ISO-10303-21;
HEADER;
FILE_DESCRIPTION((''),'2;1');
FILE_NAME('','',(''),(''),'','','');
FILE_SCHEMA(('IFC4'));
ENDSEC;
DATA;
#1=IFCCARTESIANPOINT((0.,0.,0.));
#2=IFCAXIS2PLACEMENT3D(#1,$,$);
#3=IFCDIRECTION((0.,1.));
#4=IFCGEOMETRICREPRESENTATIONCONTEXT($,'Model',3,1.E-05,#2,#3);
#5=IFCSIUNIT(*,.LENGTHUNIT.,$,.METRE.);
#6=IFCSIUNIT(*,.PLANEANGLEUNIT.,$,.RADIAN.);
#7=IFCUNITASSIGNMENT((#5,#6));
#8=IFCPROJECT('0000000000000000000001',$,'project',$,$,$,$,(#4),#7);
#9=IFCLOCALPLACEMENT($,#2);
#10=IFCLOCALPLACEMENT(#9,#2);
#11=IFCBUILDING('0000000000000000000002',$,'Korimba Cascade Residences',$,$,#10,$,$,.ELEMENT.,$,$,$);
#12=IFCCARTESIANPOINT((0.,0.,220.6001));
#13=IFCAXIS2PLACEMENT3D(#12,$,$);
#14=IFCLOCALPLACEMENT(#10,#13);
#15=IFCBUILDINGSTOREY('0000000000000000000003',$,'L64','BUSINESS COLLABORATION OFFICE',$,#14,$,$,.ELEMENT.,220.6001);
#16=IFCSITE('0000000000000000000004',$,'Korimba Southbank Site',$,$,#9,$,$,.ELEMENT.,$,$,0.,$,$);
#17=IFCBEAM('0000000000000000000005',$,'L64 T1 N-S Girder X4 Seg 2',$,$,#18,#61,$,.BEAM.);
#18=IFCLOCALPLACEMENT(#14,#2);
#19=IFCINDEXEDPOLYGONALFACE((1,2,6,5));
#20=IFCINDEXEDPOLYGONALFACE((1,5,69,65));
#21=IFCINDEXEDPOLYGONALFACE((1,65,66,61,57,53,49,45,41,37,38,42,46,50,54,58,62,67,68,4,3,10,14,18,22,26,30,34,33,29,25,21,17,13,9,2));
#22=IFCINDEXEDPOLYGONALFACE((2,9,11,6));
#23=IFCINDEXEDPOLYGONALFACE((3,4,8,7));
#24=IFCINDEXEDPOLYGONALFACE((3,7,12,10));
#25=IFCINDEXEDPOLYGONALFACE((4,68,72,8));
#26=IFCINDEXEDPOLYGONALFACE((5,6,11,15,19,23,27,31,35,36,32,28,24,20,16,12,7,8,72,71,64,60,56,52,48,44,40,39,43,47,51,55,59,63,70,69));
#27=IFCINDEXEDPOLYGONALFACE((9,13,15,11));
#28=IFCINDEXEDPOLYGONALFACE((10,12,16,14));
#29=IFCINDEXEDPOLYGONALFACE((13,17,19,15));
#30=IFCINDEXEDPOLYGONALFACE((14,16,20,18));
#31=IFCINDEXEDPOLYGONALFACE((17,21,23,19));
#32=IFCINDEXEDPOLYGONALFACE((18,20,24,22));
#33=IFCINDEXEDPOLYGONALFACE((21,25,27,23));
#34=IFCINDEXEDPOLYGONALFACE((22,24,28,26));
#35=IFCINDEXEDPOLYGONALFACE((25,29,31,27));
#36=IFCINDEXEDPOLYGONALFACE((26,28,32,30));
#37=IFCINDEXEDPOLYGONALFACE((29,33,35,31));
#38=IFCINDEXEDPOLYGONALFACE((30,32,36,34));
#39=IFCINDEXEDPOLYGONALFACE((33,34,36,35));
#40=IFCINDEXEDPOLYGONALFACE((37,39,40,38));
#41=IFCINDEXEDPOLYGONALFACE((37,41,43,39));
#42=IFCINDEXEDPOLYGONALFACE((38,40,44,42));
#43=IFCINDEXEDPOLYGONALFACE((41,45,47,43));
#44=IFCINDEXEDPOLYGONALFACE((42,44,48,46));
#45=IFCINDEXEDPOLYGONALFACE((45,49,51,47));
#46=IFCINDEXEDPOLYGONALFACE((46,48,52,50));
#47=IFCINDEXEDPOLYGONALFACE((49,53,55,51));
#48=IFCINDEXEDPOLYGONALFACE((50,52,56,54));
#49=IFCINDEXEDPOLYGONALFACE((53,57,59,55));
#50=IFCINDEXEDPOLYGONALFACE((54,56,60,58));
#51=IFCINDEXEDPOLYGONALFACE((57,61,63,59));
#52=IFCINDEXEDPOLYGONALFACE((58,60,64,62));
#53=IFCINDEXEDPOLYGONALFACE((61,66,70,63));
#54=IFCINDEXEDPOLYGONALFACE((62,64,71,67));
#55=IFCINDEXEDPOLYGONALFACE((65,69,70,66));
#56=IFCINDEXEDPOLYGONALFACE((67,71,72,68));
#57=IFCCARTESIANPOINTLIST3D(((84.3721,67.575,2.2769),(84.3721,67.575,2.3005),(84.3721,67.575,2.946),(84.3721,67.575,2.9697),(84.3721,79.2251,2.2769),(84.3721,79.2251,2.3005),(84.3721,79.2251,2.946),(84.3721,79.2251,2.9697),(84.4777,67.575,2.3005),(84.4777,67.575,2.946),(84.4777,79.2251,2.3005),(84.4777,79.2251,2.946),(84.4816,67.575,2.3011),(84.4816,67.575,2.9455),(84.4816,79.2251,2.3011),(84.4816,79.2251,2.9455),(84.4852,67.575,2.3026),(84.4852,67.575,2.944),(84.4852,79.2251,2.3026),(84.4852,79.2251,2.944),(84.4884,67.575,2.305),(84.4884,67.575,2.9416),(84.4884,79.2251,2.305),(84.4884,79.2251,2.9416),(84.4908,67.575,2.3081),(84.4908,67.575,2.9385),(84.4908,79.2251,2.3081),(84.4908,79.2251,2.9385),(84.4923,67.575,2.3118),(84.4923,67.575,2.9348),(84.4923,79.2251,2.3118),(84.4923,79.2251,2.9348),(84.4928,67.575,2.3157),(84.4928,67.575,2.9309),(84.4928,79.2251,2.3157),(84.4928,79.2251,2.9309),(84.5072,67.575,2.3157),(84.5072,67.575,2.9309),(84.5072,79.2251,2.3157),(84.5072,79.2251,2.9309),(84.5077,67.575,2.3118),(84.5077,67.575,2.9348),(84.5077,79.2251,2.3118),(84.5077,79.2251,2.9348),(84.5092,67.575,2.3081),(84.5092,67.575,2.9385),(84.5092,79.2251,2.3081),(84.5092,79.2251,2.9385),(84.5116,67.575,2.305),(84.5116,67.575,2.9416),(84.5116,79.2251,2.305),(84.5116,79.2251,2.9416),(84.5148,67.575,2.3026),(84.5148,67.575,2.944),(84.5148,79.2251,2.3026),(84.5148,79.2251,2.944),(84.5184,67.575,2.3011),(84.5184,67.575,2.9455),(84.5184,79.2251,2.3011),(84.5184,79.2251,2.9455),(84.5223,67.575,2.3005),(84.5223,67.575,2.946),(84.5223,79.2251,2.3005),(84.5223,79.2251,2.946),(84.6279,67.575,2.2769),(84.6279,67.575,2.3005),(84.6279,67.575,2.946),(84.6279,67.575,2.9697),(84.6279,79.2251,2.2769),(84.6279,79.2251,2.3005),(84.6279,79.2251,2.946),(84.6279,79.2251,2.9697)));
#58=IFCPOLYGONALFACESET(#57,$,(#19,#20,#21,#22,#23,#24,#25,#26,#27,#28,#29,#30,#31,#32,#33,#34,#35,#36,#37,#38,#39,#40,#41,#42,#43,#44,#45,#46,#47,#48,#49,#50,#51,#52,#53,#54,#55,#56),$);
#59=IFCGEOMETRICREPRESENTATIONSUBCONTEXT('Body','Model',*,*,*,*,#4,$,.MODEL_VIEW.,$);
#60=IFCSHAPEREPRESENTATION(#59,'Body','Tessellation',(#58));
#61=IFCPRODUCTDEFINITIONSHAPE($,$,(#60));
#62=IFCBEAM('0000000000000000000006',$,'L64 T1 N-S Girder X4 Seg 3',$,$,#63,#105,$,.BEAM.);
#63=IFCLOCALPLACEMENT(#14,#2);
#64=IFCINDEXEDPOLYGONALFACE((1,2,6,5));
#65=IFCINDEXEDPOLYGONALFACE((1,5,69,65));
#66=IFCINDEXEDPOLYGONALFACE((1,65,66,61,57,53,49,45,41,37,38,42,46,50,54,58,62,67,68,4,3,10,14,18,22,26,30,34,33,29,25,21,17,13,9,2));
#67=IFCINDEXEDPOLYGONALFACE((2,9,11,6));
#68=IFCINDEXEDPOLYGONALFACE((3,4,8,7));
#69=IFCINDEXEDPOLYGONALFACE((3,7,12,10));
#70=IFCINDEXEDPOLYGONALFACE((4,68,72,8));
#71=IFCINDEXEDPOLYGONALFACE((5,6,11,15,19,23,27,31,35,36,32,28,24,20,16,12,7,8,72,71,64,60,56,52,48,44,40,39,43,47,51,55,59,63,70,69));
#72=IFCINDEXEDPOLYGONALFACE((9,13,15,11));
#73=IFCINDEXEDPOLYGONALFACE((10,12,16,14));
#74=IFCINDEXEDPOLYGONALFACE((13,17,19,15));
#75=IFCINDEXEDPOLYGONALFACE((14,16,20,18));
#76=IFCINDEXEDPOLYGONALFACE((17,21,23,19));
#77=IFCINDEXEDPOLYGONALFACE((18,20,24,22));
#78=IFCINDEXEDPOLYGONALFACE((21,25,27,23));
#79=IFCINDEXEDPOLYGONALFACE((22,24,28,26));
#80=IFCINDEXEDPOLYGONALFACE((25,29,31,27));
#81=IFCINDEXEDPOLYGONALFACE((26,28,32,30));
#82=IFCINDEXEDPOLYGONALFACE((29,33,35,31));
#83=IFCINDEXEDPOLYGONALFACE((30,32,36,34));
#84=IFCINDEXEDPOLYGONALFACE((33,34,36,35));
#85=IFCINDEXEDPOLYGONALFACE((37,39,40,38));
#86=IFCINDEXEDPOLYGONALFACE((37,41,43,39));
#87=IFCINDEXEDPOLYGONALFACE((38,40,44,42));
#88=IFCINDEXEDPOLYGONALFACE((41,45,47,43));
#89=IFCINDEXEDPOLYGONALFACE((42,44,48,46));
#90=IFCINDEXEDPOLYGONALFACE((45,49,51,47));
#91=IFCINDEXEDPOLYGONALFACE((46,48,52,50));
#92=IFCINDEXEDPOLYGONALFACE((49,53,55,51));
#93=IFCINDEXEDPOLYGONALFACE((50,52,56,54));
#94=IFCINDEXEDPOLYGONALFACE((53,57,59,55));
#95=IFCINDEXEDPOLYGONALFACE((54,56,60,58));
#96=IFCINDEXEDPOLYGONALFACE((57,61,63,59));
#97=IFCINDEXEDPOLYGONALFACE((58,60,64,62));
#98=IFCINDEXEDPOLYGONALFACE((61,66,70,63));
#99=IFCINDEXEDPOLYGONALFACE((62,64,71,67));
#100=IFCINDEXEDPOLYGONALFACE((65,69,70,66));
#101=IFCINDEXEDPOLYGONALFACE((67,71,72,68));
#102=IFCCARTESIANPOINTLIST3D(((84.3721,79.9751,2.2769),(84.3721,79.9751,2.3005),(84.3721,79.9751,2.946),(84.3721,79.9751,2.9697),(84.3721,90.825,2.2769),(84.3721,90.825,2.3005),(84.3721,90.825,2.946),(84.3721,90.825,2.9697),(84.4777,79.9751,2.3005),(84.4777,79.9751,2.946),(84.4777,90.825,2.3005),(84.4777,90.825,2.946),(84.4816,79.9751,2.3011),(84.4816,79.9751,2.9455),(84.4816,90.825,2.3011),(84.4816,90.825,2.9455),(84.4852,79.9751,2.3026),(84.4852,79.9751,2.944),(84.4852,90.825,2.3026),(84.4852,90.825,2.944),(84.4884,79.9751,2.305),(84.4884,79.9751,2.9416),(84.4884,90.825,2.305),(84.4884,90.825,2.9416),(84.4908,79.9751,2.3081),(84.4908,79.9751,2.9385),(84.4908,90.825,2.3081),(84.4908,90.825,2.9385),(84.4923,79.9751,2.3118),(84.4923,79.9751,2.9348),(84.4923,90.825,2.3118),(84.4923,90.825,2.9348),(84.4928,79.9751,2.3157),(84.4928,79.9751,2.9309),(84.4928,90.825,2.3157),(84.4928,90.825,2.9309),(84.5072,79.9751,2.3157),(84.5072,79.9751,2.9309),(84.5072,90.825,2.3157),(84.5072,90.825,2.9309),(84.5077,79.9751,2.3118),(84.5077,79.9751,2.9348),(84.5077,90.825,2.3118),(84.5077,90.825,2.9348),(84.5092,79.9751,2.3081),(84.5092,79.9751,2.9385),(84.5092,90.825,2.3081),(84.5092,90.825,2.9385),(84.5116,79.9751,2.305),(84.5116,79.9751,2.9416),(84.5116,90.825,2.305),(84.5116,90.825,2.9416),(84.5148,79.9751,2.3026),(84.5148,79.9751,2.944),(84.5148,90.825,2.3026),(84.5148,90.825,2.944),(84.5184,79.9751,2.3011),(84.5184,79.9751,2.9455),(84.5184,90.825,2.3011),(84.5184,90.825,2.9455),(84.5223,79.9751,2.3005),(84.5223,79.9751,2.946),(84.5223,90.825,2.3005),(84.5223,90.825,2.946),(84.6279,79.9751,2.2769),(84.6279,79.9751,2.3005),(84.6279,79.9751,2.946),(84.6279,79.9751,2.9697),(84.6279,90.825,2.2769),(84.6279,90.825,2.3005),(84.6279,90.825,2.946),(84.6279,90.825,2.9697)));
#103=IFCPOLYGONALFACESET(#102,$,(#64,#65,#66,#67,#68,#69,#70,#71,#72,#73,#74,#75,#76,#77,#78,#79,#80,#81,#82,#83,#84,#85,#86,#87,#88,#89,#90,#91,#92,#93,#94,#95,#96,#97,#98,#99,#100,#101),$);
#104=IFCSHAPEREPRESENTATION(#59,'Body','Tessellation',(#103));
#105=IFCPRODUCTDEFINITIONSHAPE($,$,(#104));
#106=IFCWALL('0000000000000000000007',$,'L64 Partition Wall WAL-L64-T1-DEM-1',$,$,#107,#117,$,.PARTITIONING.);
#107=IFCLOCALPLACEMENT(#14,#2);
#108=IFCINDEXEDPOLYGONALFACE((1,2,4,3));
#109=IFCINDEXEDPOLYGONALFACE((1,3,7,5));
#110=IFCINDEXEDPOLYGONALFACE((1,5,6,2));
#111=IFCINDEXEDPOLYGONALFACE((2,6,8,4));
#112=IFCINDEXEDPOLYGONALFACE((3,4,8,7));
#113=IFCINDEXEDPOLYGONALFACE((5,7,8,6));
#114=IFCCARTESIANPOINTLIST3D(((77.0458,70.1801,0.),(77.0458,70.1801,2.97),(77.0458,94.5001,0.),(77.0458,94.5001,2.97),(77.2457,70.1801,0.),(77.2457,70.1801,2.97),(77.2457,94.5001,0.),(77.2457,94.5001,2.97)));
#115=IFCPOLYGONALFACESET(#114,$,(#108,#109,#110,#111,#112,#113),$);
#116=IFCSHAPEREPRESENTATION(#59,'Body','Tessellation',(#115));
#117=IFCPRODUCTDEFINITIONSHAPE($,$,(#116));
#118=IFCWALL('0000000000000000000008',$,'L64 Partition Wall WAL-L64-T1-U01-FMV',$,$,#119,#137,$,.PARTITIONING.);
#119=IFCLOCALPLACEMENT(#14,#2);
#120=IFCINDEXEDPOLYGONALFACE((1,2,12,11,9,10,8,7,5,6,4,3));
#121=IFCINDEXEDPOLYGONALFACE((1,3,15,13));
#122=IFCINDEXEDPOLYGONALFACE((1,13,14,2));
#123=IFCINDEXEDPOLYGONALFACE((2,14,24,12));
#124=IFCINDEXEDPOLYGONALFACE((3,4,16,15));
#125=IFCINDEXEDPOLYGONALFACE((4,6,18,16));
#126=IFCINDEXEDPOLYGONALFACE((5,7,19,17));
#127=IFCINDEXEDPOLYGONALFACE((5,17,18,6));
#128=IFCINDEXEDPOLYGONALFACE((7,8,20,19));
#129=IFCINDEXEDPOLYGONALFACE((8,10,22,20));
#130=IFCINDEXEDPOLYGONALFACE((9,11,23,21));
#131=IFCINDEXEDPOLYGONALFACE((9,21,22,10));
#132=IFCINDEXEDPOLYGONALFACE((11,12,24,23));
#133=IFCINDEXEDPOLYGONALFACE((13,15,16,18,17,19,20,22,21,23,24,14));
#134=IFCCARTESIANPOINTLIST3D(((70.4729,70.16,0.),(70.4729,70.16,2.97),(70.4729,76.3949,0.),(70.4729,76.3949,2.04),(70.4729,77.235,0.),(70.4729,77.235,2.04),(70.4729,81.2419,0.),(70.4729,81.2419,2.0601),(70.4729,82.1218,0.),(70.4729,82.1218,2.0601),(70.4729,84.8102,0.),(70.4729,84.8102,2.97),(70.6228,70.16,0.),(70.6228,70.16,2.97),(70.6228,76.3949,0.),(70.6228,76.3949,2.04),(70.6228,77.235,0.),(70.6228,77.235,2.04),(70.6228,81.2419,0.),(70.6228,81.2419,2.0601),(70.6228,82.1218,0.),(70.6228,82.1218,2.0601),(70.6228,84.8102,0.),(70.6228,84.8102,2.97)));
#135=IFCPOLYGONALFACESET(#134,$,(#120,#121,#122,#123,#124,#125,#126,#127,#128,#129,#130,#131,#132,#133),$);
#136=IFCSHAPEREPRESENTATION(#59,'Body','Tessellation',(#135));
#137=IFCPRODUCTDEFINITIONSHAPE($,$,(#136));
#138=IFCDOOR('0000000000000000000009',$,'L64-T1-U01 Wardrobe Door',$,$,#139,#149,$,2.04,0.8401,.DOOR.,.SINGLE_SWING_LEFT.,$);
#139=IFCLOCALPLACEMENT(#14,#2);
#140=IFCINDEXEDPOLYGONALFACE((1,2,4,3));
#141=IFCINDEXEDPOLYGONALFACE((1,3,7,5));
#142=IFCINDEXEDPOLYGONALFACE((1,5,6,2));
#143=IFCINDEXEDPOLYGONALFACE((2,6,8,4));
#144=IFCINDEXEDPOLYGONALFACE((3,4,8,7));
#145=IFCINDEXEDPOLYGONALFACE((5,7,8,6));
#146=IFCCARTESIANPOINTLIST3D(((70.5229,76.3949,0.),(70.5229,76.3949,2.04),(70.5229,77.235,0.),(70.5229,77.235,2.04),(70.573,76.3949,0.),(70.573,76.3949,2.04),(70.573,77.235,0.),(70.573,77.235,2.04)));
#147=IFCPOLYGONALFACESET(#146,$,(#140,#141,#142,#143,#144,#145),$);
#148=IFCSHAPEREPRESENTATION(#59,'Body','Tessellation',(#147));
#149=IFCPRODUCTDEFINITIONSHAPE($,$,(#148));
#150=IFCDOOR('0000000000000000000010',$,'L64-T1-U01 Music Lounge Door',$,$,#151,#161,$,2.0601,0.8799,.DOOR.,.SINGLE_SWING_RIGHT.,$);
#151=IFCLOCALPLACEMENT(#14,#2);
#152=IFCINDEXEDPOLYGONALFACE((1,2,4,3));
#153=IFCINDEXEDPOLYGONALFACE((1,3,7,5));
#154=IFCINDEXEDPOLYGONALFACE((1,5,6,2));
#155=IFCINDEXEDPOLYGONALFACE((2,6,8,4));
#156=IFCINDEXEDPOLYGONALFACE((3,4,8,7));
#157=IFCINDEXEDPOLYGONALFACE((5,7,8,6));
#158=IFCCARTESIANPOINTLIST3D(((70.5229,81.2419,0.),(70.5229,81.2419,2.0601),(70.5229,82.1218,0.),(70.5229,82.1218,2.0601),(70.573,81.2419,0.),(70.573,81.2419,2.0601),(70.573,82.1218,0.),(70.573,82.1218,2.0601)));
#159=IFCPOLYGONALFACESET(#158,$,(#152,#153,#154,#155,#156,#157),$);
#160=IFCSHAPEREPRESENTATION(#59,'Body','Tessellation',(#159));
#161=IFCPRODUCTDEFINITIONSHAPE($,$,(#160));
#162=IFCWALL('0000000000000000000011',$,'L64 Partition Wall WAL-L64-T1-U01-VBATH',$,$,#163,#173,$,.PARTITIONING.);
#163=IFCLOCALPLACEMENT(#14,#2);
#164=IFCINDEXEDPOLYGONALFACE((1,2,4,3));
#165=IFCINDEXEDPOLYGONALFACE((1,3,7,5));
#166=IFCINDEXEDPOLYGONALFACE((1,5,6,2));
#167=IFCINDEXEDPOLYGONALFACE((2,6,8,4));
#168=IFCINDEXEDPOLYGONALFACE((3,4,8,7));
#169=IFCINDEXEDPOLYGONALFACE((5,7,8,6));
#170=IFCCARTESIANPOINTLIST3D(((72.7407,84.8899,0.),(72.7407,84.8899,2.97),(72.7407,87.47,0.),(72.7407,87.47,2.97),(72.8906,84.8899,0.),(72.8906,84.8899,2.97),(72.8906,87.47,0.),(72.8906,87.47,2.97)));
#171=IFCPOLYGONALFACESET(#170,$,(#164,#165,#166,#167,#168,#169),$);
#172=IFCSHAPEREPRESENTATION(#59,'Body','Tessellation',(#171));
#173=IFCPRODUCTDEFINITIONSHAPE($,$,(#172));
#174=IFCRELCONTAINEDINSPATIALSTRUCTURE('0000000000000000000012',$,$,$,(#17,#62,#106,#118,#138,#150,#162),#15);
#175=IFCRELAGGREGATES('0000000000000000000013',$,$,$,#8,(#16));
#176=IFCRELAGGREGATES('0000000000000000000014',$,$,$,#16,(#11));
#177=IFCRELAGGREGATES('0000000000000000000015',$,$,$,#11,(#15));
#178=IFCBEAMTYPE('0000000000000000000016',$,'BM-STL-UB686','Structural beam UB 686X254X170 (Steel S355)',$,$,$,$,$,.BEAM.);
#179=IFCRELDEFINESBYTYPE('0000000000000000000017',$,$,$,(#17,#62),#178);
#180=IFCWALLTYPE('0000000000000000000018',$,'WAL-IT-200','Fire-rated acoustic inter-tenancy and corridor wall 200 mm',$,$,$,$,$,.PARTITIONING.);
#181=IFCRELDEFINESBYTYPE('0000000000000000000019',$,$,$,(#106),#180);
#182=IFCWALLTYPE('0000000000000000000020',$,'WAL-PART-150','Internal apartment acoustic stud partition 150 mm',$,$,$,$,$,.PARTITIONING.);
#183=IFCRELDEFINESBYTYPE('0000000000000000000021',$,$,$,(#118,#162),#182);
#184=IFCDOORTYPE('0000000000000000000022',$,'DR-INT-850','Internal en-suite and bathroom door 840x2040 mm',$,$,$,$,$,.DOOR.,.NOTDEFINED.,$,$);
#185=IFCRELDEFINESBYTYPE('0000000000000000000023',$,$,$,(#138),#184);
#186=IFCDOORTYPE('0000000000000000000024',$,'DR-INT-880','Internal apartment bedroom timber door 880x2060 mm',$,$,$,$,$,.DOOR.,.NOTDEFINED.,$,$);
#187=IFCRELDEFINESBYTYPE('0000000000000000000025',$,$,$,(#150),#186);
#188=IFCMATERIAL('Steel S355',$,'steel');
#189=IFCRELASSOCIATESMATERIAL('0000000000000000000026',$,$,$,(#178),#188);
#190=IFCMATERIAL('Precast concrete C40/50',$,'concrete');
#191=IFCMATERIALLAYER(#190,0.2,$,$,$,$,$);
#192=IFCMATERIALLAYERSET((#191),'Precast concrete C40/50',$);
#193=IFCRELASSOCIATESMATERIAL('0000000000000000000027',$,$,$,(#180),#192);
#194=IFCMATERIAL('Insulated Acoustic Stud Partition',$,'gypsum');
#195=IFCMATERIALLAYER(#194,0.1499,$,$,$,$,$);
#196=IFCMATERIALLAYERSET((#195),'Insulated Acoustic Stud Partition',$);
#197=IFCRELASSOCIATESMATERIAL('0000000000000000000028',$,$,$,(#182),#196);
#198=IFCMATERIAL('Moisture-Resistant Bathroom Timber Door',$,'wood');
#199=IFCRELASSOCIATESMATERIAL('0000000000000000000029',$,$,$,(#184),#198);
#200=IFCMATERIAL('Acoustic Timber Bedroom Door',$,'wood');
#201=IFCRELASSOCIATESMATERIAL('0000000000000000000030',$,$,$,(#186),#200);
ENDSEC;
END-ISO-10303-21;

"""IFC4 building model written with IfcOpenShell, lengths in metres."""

from ifc_helpers import new_model, si_unit, direction, frame, frame_2d, origin, origin_2d, place, context, subcontext, project, spatial, rectangle, i_section, extrude, material, layer, layer_set, material_profile, profile_set, type_object, element, fill, save


model = new_model("IFC4")

# Units and contexts
model_context = context("Model", 3, precision=1e-05, world=origin(), true_north=direction((0.0, 1.0)))
body_context = subcontext(model_context, "Body", "Model", "MODEL_VIEW")
ifc_project = project(units=[si_unit("LENGTHUNIT", "METRE"), si_unit("PLANEANGLEUNIT", "RADIAN")], contexts=[model_context])

# Site, building, storey
site_placement = place(None, origin())
site = spatial("IfcSite", under=ifc_project, at=site_placement, Name="Korimba Southbank Site", CompositionType="ELEMENT", RefElevation=0.0)
building_placement = place(site_placement, origin())
building = spatial("IfcBuilding", under=site, at=building_placement, Name="Korimba Cascade Residences", CompositionType="ELEMENT")
storey_placement = place(building_placement, frame((0.0, 0.0, 220.6001)))
storey = spatial("IfcBuildingStorey", under=building, at=storey_placement, Name="L64", Description="BUSINESS COLLABORATION OFFICE", CompositionType="ELEMENT", Elevation=220.6001)

# Beams
ifc_material_1 = material(Name="Steel S355", Category="steel")
ifc_material_profile_1 = material_profile(ifc_material_1, i_section(OverallWidth=0.2559, OverallDepth=0.6929, WebThickness=0.0144, FlangeThickness=0.0237, FilletRadius=0.0151, at=origin_2d()), Name="Steel S355")
ifc_profile_set_1 = profile_set([ifc_material_profile_1], Name="Steel S355")
beam_type_1 = type_object("IfcBeamType", Name="BM-STL-UB686", Description="Structural beam UB 686X254X170 (Steel S355)", PredefinedType="BEAM", material=ifc_profile_set_1)
beam_1_placement = place(storey_placement, frame((84.5, 67.575, 2.6233), z_axis=(0.0, 1.0, 0.0), x_axis=(-1.0, 0.0, 0.0)))
element("IfcBeam", 1, at=beam_1_placement, inside=storey, type_object=beam_type_1, Name="L64 T1 N-S Girder X4 Seg 2", PredefinedType="BEAM", context=body_context, shape_type="SweptSolid", body=[
    extrude(i_section(OverallWidth=0.2559, OverallDepth=0.6929, WebThickness=0.0144, FlangeThickness=0.0237, FilletRadius=0.0151, at=origin_2d()), origin(), (0.0, 0.0, 1.0), 11.6501),
])
beam_2_placement = place(storey_placement, frame((84.5, 79.9751, 2.6233), z_axis=(0.0, 1.0, 0.0), x_axis=(-1.0, 0.0, 0.0)))
element("IfcBeam", 2, at=beam_2_placement, inside=storey, type_object=beam_type_1, Name="L64 T1 N-S Girder X4 Seg 3", PredefinedType="BEAM", context=body_context, shape_type="SweptSolid", body=[
    extrude(i_section(OverallWidth=0.2559, OverallDepth=0.6929, WebThickness=0.0144, FlangeThickness=0.0237, FilletRadius=0.0151, at=origin_2d()), origin(), (0.0, 0.0, 1.0), 10.8499),
])

# Wall
ifc_material_2 = material(Name="Precast concrete C40/50", Category="concrete")
ifc_layer_1 = layer(ifc_material_2, 0.2)
ifc_layer_set_1 = layer_set([ifc_layer_1], Name="Precast concrete C40/50")
wall_type_1 = type_object("IfcWallType", Name="WAL-IT-200", Description="Fire-rated acoustic inter-tenancy and corridor wall 200 mm", PredefinedType="PARTITIONING", material=ifc_layer_set_1)
wall_1_placement = place(storey_placement, frame((77.1458, 70.1799, 0.0), z_axis=(0.0, 0.0, 1.0), x_axis=(0.0, 1.0, 0.0)))
element("IfcWall", 3, at=wall_1_placement, inside=storey, type_object=wall_type_1, Name="L64 Partition Wall WAL-L64-T1-DEM-1", PredefinedType="PARTITIONING", context=body_context, shape_type="SweptSolid", body=[
    extrude(rectangle(XDim=24.3201, YDim=0.2, at=frame_2d((12.1602, 0.0))), origin(), (0.0, 0.0, 1.0), 2.97),
])

# Wall, openings, doors
ifc_material_3 = material(Name="Insulated Acoustic Stud Partition", Category="gypsum")
ifc_layer_2 = layer(ifc_material_3, 0.1499)
ifc_layer_set_2 = layer_set([ifc_layer_2], Name="Insulated Acoustic Stud Partition")
wall_type_2 = type_object("IfcWallType", Name="WAL-PART-150", Description="Internal apartment acoustic stud partition 150 mm", PredefinedType="PARTITIONING", material=ifc_layer_set_2)
wall_2_placement = place(storey_placement, frame((70.5479, 70.1599, 0.0), z_axis=(0.0, 0.0, 1.0), x_axis=(0.0, 1.0, 0.0)))
wall_2 = element("IfcWall", 4, at=wall_2_placement, inside=storey, type_object=wall_type_2, Name="L64 Partition Wall WAL-L64-T1-U01-FMV", PredefinedType="PARTITIONING", context=body_context, shape_type="SweptSolid", body=[
    extrude(rectangle(XDim=14.6501, YDim=0.1499, at=frame_2d((7.3252, 0.0))), origin(), (0.0, 0.0, 1.0), 2.97),
])
opening_1_placement = place(wall_2_placement, frame((6.2351, 0.0, 0.0)))
opening_1 = element("IfcOpeningElement", 5, at=opening_1_placement, cuts=wall_2, PredefinedType="OPENING", context=body_context, shape_type="SweptSolid", body=[
    extrude(rectangle(XDim=0.8401, YDim=2.04, at=frame_2d((0.4199, 1.02))), frame((0.0, 0.085, 0.0), z_axis=(0.0, -1.0, 0.0), x_axis=(1.0, 0.0, 0.0)), (0.0, 0.0, 1.0), 0.1699),
])
opening_2_placement = place(wall_2_placement, frame((11.082, 0.0, 0.0)))
opening_2 = element("IfcOpeningElement", 6, at=opening_2_placement, cuts=wall_2, PredefinedType="OPENING", context=body_context, shape_type="SweptSolid", body=[
    extrude(rectangle(XDim=0.8799, YDim=2.0601, at=frame_2d((0.4399, 1.03))), frame((0.0, 0.085, 0.0), z_axis=(0.0, -1.0, 0.0), x_axis=(1.0, 0.0, 0.0)), (0.0, 0.0, 1.0), 0.1699),
])
ifc_material_4 = material(Name="Moisture-Resistant Bathroom Timber Door", Category="wood")
door_type_1 = type_object("IfcDoorType", Name="DR-INT-850", Description="Internal en-suite and bathroom door 840x2040 mm", OperationType="NOTDEFINED", PredefinedType="DOOR", material=ifc_material_4)
door_1_placement = place(opening_1_placement, origin())
door_1 = element("IfcDoor", 7, at=door_1_placement, inside=storey, type_object=door_type_1, Name="L64-T1-U01 Wardrobe Door", OperationType="SINGLE_SWING_LEFT", OverallHeight=2.04, OverallWidth=0.8401, PredefinedType="DOOR", context=body_context, shape_type="SweptSolid", body=[
    extrude(rectangle(XDim=0.8401, YDim=2.04, at=frame_2d((0.4199, 1.02))), frame((0.0, 0.0249, 0.0), z_axis=(0.0, -1.0, 0.0), x_axis=(1.0, 0.0, 0.0)), (0.0, 0.0, 1.0), 0.05),
])
fill(opening_1, door_1)
ifc_material_5 = material(Name="Acoustic Timber Bedroom Door", Category="wood")
door_type_2 = type_object("IfcDoorType", Name="DR-INT-880", Description="Internal apartment bedroom timber door 880x2060 mm", OperationType="NOTDEFINED", PredefinedType="DOOR", material=ifc_material_5)
door_2_placement = place(opening_2_placement, origin())
door_2 = element("IfcDoor", 8, at=door_2_placement, inside=storey, type_object=door_type_2, Name="L64-T1-U01 Music Lounge Door", OperationType="SINGLE_SWING_RIGHT", OverallHeight=2.0601, OverallWidth=0.8799, PredefinedType="DOOR", context=body_context, shape_type="SweptSolid", body=[
    extrude(rectangle(XDim=0.8799, YDim=2.0601, at=frame_2d((0.4399, 1.03))), frame((0.0, 0.0249, 0.0), z_axis=(0.0, -1.0, 0.0), x_axis=(1.0, 0.0, 0.0)), (0.0, 0.0, 1.0), 0.05),
])
fill(opening_2, door_2)

# Wall
wall_3_placement = place(storey_placement, frame((72.8157, 84.8899, 0.0), z_axis=(0.0, 0.0, 1.0), x_axis=(0.0, 1.0, 0.0)))
element("IfcWall", 9, at=wall_3_placement, inside=storey, type_object=wall_type_2, Name="L64 Partition Wall WAL-L64-T1-U01-VBATH", PredefinedType="PARTITIONING", context=body_context, shape_type="SweptSolid", body=[
    extrude(rectangle(XDim=2.5801, YDim=0.1499, at=frame_2d((1.29, 0.0))), origin(), (0.0, 0.0, 1.0), 2.97),
])

save(model, "model.ifc")
